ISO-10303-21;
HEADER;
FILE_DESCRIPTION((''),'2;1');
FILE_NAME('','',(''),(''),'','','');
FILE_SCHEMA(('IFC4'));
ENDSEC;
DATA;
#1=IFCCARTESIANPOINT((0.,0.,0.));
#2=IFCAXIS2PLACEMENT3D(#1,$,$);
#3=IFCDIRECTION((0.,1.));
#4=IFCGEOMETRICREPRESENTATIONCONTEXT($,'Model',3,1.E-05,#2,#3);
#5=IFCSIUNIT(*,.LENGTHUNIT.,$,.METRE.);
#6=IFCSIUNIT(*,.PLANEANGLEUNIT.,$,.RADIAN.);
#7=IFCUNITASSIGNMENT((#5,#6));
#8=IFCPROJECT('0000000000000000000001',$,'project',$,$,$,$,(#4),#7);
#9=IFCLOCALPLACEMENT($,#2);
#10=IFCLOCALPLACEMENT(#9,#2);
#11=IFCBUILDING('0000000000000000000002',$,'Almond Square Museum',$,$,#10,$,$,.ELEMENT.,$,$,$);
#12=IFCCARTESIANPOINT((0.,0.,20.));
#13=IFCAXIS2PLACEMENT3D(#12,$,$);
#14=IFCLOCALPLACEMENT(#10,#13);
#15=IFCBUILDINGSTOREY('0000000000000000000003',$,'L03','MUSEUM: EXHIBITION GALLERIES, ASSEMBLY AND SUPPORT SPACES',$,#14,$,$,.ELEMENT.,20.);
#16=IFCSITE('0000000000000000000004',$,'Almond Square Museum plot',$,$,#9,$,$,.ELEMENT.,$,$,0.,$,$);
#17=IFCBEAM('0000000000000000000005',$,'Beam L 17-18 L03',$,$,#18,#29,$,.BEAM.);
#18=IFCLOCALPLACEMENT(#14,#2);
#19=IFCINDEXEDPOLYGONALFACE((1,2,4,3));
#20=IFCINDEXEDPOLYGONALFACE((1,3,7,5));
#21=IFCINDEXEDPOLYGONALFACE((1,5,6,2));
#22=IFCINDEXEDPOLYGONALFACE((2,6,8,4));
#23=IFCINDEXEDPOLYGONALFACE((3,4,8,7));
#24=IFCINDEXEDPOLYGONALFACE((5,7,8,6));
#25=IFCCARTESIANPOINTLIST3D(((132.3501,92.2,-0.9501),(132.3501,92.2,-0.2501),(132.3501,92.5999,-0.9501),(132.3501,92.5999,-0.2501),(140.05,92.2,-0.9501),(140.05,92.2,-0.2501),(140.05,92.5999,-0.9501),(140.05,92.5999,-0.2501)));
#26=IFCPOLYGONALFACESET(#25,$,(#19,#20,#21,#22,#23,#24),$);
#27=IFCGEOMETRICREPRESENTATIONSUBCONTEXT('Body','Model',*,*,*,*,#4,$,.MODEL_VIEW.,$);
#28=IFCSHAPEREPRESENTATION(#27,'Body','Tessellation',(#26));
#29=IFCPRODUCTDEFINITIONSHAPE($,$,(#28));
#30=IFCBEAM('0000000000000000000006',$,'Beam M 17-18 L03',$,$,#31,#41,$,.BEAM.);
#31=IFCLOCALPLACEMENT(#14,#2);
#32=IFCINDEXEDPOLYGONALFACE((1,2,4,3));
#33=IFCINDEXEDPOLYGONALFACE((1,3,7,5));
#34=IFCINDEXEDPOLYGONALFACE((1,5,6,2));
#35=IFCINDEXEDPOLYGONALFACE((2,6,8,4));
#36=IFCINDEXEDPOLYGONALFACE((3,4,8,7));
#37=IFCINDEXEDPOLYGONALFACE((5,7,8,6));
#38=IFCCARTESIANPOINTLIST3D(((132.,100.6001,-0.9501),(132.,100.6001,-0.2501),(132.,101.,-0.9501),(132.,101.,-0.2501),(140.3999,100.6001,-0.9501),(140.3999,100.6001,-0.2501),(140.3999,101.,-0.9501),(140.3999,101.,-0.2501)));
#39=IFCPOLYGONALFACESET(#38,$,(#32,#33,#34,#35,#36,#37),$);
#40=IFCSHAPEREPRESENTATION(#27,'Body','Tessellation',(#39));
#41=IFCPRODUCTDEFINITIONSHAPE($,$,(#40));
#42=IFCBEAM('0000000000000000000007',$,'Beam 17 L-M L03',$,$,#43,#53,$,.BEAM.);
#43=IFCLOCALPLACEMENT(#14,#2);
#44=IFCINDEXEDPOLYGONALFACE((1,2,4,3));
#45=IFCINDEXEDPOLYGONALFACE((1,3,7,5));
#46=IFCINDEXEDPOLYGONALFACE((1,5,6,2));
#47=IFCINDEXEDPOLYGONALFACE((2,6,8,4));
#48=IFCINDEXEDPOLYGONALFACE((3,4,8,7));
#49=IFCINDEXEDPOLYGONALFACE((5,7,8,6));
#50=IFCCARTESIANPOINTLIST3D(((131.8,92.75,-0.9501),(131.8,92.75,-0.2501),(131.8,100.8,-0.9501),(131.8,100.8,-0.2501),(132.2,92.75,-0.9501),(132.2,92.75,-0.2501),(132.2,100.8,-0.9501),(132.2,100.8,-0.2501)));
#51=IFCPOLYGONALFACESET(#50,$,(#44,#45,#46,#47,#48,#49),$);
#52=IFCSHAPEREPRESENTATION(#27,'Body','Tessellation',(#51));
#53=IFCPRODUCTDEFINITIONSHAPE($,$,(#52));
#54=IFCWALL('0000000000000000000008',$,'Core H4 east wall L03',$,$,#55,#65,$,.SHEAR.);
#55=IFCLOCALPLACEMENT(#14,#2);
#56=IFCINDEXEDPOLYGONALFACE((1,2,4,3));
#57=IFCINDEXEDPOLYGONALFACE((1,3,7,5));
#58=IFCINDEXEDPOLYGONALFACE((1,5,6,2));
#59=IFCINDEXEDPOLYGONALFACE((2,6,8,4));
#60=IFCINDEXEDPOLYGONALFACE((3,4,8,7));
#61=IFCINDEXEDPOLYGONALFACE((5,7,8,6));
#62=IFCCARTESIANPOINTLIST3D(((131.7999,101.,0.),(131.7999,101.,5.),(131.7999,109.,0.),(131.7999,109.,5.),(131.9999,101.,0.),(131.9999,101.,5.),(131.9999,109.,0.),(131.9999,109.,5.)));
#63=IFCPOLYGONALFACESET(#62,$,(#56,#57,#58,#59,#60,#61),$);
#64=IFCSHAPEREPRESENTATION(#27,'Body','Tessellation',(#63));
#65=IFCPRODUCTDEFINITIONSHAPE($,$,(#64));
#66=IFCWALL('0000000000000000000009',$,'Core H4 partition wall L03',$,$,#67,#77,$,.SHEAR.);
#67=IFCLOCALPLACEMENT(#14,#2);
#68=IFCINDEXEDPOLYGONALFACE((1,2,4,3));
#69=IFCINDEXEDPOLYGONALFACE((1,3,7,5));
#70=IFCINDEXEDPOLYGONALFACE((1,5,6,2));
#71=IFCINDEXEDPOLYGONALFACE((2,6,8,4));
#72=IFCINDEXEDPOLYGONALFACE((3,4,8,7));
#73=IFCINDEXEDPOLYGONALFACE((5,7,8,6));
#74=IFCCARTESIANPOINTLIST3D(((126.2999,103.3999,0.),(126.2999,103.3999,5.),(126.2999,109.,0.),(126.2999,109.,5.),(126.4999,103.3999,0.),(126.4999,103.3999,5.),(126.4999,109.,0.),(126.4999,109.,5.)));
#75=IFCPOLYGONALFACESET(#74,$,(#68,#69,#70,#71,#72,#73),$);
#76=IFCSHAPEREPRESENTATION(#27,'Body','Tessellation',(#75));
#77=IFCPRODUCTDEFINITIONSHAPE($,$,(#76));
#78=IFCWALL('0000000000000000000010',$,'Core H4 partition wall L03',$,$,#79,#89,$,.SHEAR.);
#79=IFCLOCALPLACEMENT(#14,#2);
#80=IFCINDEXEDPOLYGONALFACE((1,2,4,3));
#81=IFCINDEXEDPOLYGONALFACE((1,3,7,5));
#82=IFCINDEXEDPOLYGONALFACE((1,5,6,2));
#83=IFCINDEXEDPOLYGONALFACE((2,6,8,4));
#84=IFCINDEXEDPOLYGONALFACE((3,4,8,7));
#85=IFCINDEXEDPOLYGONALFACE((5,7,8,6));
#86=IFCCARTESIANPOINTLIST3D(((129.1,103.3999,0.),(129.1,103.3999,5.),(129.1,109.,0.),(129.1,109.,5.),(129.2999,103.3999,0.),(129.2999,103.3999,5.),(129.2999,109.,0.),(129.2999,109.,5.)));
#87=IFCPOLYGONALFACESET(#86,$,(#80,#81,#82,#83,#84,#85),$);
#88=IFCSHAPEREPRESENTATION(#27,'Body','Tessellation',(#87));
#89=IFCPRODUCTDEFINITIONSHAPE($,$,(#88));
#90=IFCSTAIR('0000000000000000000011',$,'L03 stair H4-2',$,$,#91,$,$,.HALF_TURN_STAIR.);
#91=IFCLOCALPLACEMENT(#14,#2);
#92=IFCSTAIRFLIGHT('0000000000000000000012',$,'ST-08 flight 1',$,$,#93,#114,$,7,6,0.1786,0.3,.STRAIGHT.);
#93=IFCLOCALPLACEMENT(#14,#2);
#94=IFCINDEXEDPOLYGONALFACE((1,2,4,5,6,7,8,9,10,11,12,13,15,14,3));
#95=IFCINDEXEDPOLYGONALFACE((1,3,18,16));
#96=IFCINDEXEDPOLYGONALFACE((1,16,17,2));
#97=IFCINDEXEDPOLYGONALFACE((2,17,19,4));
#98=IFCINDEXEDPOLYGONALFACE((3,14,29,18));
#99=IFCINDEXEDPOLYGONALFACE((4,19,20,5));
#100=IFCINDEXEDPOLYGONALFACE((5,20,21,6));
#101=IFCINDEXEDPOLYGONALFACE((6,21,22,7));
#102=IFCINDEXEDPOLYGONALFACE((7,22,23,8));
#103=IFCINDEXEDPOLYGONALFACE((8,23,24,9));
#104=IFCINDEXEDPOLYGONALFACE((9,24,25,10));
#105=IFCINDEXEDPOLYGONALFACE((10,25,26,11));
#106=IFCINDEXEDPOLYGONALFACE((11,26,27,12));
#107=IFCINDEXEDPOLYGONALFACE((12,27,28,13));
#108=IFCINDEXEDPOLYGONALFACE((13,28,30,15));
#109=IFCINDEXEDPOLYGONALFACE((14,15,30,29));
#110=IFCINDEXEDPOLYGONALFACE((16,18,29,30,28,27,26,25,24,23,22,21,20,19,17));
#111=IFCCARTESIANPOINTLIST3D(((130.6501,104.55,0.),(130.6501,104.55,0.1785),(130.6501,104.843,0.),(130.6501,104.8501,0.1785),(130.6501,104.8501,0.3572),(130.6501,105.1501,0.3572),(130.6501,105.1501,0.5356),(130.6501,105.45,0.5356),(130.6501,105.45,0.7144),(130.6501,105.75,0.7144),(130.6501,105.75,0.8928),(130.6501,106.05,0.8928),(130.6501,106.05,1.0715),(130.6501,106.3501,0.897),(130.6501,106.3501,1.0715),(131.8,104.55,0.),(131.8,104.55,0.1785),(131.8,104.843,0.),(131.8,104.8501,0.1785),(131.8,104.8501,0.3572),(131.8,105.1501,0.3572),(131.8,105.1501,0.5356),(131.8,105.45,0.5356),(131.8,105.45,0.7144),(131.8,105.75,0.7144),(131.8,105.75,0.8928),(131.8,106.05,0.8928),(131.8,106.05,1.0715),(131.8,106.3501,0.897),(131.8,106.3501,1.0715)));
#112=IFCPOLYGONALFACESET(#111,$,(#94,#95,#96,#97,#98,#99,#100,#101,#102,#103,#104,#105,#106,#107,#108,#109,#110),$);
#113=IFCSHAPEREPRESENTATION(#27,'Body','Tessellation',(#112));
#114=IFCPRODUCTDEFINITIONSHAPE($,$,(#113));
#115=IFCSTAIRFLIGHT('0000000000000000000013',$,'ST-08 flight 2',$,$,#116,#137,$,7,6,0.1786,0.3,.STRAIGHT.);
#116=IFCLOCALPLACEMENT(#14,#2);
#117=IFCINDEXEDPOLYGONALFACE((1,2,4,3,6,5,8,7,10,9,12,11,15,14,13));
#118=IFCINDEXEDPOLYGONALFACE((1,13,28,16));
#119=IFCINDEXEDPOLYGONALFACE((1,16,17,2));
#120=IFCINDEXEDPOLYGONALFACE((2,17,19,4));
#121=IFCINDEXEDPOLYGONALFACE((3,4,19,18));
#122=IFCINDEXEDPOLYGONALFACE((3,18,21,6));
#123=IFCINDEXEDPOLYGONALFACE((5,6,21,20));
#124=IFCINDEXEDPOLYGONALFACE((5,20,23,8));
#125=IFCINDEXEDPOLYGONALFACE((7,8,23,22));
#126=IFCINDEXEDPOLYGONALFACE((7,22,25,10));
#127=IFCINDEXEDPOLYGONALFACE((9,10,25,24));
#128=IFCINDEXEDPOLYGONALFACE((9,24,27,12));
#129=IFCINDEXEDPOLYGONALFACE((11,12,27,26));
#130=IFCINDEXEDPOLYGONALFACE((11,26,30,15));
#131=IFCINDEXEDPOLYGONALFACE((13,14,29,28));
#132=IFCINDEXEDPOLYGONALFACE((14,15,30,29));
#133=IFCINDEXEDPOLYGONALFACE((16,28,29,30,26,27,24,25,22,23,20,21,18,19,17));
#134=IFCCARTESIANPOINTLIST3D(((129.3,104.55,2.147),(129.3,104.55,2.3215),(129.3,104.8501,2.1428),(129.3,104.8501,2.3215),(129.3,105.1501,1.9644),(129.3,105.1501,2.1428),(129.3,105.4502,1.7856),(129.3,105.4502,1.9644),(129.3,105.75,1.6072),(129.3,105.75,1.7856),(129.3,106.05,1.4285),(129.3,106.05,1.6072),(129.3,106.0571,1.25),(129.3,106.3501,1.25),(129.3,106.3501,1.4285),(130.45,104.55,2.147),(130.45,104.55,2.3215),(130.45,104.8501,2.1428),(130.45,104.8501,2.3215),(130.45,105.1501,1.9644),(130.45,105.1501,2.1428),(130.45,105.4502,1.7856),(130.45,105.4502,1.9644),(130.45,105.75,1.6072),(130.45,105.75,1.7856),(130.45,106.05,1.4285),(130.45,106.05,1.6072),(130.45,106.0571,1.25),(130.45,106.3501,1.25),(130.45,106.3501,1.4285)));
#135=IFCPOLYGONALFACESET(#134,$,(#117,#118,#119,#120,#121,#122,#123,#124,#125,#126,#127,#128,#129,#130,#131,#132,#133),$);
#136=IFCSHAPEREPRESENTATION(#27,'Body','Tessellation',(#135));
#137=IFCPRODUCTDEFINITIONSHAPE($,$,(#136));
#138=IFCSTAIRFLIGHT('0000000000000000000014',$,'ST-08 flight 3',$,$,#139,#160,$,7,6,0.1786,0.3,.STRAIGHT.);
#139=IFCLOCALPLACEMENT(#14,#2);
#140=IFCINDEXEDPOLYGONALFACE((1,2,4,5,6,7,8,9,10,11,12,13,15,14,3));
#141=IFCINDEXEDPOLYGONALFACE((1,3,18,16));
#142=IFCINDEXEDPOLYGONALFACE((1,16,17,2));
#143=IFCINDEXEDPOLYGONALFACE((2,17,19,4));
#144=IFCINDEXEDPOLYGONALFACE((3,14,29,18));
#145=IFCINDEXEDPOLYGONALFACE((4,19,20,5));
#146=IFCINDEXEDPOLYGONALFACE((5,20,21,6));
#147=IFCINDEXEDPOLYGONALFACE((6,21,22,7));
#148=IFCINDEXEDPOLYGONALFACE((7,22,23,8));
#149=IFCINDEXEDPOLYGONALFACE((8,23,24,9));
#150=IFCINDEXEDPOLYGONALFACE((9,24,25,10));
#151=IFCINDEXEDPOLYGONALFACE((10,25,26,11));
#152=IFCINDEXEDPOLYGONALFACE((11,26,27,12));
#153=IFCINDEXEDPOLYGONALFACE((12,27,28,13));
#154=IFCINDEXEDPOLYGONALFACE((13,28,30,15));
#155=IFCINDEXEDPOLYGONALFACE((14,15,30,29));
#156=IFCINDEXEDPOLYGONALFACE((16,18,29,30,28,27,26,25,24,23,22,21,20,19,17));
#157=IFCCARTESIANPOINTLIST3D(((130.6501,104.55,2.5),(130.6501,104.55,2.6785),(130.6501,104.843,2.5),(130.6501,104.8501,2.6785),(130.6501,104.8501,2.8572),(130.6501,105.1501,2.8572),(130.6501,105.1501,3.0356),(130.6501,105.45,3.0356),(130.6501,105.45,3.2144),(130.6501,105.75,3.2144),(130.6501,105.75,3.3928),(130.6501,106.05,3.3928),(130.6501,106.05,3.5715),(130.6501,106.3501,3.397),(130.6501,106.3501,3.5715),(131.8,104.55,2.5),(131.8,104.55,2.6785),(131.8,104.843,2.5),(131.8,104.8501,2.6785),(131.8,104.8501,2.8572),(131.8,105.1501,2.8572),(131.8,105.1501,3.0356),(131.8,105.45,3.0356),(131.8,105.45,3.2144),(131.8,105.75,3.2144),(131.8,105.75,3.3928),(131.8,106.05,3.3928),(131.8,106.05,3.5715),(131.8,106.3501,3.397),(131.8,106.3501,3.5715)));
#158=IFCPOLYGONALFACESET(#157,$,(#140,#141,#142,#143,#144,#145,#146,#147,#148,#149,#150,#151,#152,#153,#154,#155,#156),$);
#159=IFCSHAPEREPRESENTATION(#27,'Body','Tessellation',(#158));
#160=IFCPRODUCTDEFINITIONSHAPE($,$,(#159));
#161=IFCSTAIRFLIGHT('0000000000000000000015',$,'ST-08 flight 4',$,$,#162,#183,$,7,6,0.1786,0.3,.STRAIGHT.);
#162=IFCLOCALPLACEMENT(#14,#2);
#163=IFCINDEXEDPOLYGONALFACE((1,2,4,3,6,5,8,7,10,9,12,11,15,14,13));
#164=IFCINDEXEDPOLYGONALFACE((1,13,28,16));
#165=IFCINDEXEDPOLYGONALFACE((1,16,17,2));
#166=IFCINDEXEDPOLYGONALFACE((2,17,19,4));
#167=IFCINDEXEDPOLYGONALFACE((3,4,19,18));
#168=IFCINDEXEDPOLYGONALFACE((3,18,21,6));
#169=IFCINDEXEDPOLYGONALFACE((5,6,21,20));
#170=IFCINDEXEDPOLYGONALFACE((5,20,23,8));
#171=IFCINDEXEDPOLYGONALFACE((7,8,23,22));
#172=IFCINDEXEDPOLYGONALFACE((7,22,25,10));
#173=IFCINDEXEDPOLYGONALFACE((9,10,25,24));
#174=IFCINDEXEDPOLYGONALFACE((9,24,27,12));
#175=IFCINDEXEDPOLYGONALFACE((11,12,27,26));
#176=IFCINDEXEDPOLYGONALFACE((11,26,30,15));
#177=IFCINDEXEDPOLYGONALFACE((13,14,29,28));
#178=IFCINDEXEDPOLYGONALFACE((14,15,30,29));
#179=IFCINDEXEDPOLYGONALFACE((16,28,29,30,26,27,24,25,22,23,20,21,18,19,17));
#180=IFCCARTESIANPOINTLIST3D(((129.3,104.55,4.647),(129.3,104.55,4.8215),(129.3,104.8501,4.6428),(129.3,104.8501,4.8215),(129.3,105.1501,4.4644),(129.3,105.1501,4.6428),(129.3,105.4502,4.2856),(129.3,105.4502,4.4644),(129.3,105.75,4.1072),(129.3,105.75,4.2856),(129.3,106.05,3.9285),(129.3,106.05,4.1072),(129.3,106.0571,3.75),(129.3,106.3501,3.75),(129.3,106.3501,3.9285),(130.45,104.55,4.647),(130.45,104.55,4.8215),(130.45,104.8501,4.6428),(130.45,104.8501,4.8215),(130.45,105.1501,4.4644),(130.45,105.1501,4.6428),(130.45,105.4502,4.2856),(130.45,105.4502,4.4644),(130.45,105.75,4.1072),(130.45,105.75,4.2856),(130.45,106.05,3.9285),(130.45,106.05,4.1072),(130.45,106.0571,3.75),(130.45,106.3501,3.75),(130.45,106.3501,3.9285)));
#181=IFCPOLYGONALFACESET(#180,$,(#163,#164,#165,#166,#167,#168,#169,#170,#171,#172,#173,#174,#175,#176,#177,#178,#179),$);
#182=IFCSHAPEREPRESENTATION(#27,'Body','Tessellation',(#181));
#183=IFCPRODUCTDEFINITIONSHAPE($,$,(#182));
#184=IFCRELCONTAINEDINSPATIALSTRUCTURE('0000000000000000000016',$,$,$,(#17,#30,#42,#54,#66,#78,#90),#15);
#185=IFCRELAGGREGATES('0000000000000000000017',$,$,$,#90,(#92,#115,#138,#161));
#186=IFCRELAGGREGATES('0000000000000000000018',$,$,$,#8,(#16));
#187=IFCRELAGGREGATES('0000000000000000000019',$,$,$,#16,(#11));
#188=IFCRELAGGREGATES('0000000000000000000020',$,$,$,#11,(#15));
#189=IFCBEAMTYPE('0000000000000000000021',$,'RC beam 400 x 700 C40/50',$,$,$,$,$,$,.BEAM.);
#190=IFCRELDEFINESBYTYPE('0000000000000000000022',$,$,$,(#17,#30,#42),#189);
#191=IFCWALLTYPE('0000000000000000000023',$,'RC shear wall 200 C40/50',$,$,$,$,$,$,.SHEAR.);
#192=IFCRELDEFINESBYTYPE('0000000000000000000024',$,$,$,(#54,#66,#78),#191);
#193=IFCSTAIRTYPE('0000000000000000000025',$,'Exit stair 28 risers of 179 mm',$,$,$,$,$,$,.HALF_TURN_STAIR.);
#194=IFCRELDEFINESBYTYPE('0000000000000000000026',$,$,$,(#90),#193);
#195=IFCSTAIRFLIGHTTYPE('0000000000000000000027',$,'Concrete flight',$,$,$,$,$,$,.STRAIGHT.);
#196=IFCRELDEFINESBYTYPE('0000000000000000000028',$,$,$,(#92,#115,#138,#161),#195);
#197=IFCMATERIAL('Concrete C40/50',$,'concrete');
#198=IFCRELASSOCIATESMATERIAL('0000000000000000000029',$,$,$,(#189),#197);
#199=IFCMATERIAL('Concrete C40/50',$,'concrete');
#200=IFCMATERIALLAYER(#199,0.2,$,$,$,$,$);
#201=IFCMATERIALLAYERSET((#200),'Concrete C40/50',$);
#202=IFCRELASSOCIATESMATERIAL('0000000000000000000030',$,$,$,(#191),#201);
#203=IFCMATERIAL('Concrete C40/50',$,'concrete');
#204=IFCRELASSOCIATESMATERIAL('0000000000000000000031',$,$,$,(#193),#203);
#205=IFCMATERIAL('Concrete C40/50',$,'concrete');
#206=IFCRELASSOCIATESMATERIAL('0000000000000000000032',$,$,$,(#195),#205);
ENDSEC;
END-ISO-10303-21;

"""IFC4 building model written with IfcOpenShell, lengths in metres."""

from ifc_helpers import new_model, si_unit, direction, frame, frame_2d, origin, origin_2d, place, context, subcontext, project, spatial, polyline, rectangle, outline, extrude, material, layer, layer_set, material_profile, profile_set, type_object, element, aggregate, save


model = new_model("IFC4")

# Units and contexts
model_context = context("Model", 3, precision=1e-05, world=origin(), true_north=direction((0.0, 1.0)))
body_context = subcontext(model_context, "Body", "Model", "MODEL_VIEW")
ifc_project = project(units=[si_unit("LENGTHUNIT", "METRE"), si_unit("PLANEANGLEUNIT", "RADIAN")], contexts=[model_context])

# Site, building, storey
site_placement = place(None, origin())
site = spatial("IfcSite", under=ifc_project, at=site_placement, Name="Almond Square Museum plot", CompositionType="ELEMENT", RefElevation=0.0)
building_placement = place(site_placement, origin())
building = spatial("IfcBuilding", under=site, at=building_placement, Name="Almond Square Museum", CompositionType="ELEMENT")
storey_placement = place(building_placement, frame((0.0, 0.0, 20.0)))
storey = spatial("IfcBuildingStorey", under=building, at=storey_placement, Name="L03", Description="MUSEUM: EXHIBITION GALLERIES, ASSEMBLY AND SUPPORT SPACES", CompositionType="ELEMENT", Elevation=20.0)

# Beams
ifc_material_1 = material(Name="Concrete C40/50", Category="concrete")
ifc_material_profile = material_profile(ifc_material_1, rectangle(XDim=0.3999, YDim=0.7, at=origin_2d()))
ifc_profile_set = profile_set([ifc_material_profile], Name="Concrete C40/50")
beam_type = type_object("IfcBeamType", Name="RC beam 400 x 700 C40/50", PredefinedType="BEAM", material=ifc_profile_set)
beam_1_placement = place(storey_placement, frame((132.3501, 92.3999, -0.6001), z_axis=(1.0, 0.0, 0.0), x_axis=(0.0, 1.0, 0.0)))
element("IfcBeam", 1, at=beam_1_placement, inside=storey, type_object=beam_type, Name="Beam L 17-18 L03", PredefinedType="BEAM", context=body_context, shape_type="SweptSolid", body=[
    extrude(rectangle(XDim=0.3999, YDim=0.7, at=origin_2d()), origin(), (0.0, 0.0, 1.0), 7.7),
])
beam_2_placement = place(storey_placement, frame((132.0, 100.8, -0.6001), z_axis=(1.0, 0.0, 0.0), x_axis=(0.0, 1.0, 0.0)))
element("IfcBeam", 2, at=beam_2_placement, inside=storey, type_object=beam_type, Name="Beam M 17-18 L03", PredefinedType="BEAM", context=body_context, shape_type="SweptSolid", body=[
    extrude(rectangle(XDim=0.3999, YDim=0.7, at=origin_2d()), origin(), (0.0, 0.0, 1.0), 8.3999),
])
beam_3_placement = place(storey_placement, frame((132.0, 92.75, -0.6001), z_axis=(0.0, 1.0, 0.0), x_axis=(-1.0, 0.0, 0.0)))
element("IfcBeam", 3, at=beam_3_placement, inside=storey, type_object=beam_type, Name="Beam 17 L-M L03", PredefinedType="BEAM", context=body_context, shape_type="SweptSolid", body=[
    extrude(rectangle(XDim=0.3999, YDim=0.7, at=origin_2d()), origin(), (0.0, 0.0, 1.0), 8.05),
])

# Walls
ifc_material_2 = material(Name="Concrete C40/50", Category="concrete")
ifc_layer = layer(ifc_material_2, 0.2)
ifc_layer_set = layer_set([ifc_layer], Name="Concrete C40/50")
wall_type = type_object("IfcWallType", Name="RC shear wall 200 C40/50", PredefinedType="SHEAR", material=ifc_layer_set)
wall_placement = place(storey_placement, frame((131.8999, 101.0, 0.0), z_axis=(0.0, 0.0, 1.0), x_axis=(0.0, 1.0, 0.0)))
element("IfcWall", 4, at=wall_placement, inside=storey, type_object=wall_type, Name="Core H4 east wall L03", PredefinedType="SHEAR", context=body_context, shape_type="SweptSolid", body=[
    extrude(rectangle(XDim=8.0, YDim=0.2, at=frame_2d((4.0, 0.0))), origin(), (0.0, 0.0, 1.0), 5.0),
])
for number, where, z_axis, x_axis, name in (
    (5, (126.3999, 103.3999, 0.0), (0.0, 0.0, 1.0), (0.0, 1.0, 0.0), "Core H4 partition wall L03"),
    (6, (129.2, 103.3999, 0.0), (0.0, 0.0, 1.0), (0.0, 1.0, 0.0), "Core H4 partition wall L03"),
):
    element("IfcWall", number, at=place(storey_placement, frame(where, z_axis=z_axis, x_axis=x_axis)), inside=storey, type_object=wall_type, Name=name, PredefinedType="SHEAR", context=body_context, shape_type="SweptSolid", body=[
        extrude(rectangle(XDim=5.6001, YDim=0.2, at=frame_2d((2.8, 0.0))), origin(), (0.0, 0.0, 1.0), 5.0),
    ])

# Stair, stair flights
ifc_material_3 = material(Name="Concrete C40/50", Category="concrete")
stair_type = type_object("IfcStairType", Name="Exit stair 28 risers of 179 mm", PredefinedType="HALF_TURN_STAIR", material=ifc_material_3)
stair_placement = place(storey_placement, origin())
stair = element("IfcStair", 7, at=stair_placement, inside=storey, type_object=stair_type, Name="L03 stair H4-2", PredefinedType="HALF_TURN_STAIR")
ifc_material_4 = material(Name="Concrete C40/50", Category="concrete")
stair_flight_type = type_object("IfcStairFlightType", Name="Concrete flight", PredefinedType="STRAIGHT", material=ifc_material_4)
stair_flight_1_placement = place(storey_placement, frame((131.2251, 104.55, 0.0), z_axis=(0.0, 0.0, 1.0), x_axis=(0.0, 1.0, 0.0)))
stair_flight_1 = element("IfcStairFlight", 8, at=stair_flight_1_placement, type_object=stair_flight_type, Name="ST-08 flight 1", NumberOfRisers=7, NumberOfTreads=6, PredefinedType="STRAIGHT", RiserHeight=0.1786, TreadLength=0.3, context=body_context, shape_type="SweptSolid", body=[
    extrude(outline(polyline([(0.0, 0.0), (0.0, 0.1785), (0.3, 0.1785), (0.3, 0.3572), (0.6001, 0.3572), (0.6001, 0.5356), (0.8999, 0.5356), (0.8999, 0.7144), (1.2, 0.7144), (1.2, 0.8928), (1.5, 0.8928), (1.5, 1.0715), (1.8, 1.0715), (1.8, 1.25), (1.8, 0.897), (0.293, 0.0), (0.0, 0.0)])), frame((0.0, 0.575, 0.0), z_axis=(0.0, -1.0, 0.0), x_axis=(1.0, 0.0, 0.0)), (0.0, 0.0, 1.0), 1.1499),
])
stair_flight_2_placement = place(storey_placement, frame((129.875, 106.3501, 1.25), z_axis=(0.0, 0.0, 1.0), x_axis=(0.0, -1.0, 0.0)))
stair_flight_2 = element("IfcStairFlight", 9, at=stair_flight_2_placement, type_object=stair_flight_type, Name="ST-08 flight 2", NumberOfRisers=7, NumberOfTreads=6, PredefinedType="STRAIGHT", RiserHeight=0.1786, TreadLength=0.3, context=body_context, shape_type="SweptSolid", body=[
    extrude(outline(polyline([(0.0, 0.0), (0.0, 0.1785), (0.3, 0.1785), (0.3, 0.3572), (0.6001, 0.3572), (0.6001, 0.5356), (0.8999, 0.5356), (0.8999, 0.7144), (1.2, 0.7144), (1.2, 0.8928), (1.5, 0.8928), (1.5, 1.0715), (1.8, 1.0715), (1.8, 1.25), (1.8, 0.897), (0.293, 0.0), (0.0, 0.0)])), frame((0.0, 0.575, 0.0), z_axis=(0.0, -1.0, 0.0), x_axis=(1.0, 0.0, 0.0)), (0.0, 0.0, 1.0), 1.1499),
])
stair_flight_3_placement = place(storey_placement, frame((131.2251, 104.55, 2.5), z_axis=(0.0, 0.0, 1.0), x_axis=(0.0, 1.0, 0.0)))
stair_flight_3 = element("IfcStairFlight", 10, at=stair_flight_3_placement, type_object=stair_flight_type, Name="ST-08 flight 3", NumberOfRisers=7, NumberOfTreads=6, PredefinedType="STRAIGHT", RiserHeight=0.1786, TreadLength=0.3, context=body_context, shape_type="SweptSolid", body=[
    extrude(outline(polyline([(0.0, 0.0), (0.0, 0.1785), (0.3, 0.1785), (0.3, 0.3572), (0.6001, 0.3572), (0.6001, 0.5356), (0.8999, 0.5356), (0.8999, 0.7144), (1.2, 0.7144), (1.2, 0.8928), (1.5, 0.8928), (1.5, 1.0715), (1.8, 1.0715), (1.8, 1.25), (1.8, 0.897), (0.293, 0.0), (0.0, 0.0)])), frame((0.0, 0.575, 0.0), z_axis=(0.0, -1.0, 0.0), x_axis=(1.0, 0.0, 0.0)), (0.0, 0.0, 1.0), 1.1499),
])
stair_flight_4_placement = place(storey_placement, frame((129.875, 106.3501, 3.75), z_axis=(0.0, 0.0, 1.0), x_axis=(0.0, -1.0, 0.0)))
stair_flight_4 = element("IfcStairFlight", 11, at=stair_flight_4_placement, type_object=stair_flight_type, Name="ST-08 flight 4", NumberOfRisers=7, NumberOfTreads=6, PredefinedType="STRAIGHT", RiserHeight=0.1786, TreadLength=0.3, context=body_context, shape_type="SweptSolid", body=[
    extrude(outline(polyline([(0.0, 0.0), (0.0, 0.1785), (0.3, 0.1785), (0.3, 0.3572), (0.6001, 0.3572), (0.6001, 0.5356), (0.8999, 0.5356), (0.8999, 0.7144), (1.2, 0.7144), (1.2, 0.8928), (1.5, 0.8928), (1.5, 1.0715), (1.8, 1.0715), (1.8, 1.25), (1.8, 0.897), (0.293, 0.0), (0.0, 0.0)])), frame((0.0, 0.575, 0.0), z_axis=(0.0, -1.0, 0.0), x_axis=(1.0, 0.0, 0.0)), (0.0, 0.0, 1.0), 1.1499),
])
aggregate(stair, [stair_flight_1, stair_flight_2, stair_flight_3, stair_flight_4])

save(model, "model.ifc")
